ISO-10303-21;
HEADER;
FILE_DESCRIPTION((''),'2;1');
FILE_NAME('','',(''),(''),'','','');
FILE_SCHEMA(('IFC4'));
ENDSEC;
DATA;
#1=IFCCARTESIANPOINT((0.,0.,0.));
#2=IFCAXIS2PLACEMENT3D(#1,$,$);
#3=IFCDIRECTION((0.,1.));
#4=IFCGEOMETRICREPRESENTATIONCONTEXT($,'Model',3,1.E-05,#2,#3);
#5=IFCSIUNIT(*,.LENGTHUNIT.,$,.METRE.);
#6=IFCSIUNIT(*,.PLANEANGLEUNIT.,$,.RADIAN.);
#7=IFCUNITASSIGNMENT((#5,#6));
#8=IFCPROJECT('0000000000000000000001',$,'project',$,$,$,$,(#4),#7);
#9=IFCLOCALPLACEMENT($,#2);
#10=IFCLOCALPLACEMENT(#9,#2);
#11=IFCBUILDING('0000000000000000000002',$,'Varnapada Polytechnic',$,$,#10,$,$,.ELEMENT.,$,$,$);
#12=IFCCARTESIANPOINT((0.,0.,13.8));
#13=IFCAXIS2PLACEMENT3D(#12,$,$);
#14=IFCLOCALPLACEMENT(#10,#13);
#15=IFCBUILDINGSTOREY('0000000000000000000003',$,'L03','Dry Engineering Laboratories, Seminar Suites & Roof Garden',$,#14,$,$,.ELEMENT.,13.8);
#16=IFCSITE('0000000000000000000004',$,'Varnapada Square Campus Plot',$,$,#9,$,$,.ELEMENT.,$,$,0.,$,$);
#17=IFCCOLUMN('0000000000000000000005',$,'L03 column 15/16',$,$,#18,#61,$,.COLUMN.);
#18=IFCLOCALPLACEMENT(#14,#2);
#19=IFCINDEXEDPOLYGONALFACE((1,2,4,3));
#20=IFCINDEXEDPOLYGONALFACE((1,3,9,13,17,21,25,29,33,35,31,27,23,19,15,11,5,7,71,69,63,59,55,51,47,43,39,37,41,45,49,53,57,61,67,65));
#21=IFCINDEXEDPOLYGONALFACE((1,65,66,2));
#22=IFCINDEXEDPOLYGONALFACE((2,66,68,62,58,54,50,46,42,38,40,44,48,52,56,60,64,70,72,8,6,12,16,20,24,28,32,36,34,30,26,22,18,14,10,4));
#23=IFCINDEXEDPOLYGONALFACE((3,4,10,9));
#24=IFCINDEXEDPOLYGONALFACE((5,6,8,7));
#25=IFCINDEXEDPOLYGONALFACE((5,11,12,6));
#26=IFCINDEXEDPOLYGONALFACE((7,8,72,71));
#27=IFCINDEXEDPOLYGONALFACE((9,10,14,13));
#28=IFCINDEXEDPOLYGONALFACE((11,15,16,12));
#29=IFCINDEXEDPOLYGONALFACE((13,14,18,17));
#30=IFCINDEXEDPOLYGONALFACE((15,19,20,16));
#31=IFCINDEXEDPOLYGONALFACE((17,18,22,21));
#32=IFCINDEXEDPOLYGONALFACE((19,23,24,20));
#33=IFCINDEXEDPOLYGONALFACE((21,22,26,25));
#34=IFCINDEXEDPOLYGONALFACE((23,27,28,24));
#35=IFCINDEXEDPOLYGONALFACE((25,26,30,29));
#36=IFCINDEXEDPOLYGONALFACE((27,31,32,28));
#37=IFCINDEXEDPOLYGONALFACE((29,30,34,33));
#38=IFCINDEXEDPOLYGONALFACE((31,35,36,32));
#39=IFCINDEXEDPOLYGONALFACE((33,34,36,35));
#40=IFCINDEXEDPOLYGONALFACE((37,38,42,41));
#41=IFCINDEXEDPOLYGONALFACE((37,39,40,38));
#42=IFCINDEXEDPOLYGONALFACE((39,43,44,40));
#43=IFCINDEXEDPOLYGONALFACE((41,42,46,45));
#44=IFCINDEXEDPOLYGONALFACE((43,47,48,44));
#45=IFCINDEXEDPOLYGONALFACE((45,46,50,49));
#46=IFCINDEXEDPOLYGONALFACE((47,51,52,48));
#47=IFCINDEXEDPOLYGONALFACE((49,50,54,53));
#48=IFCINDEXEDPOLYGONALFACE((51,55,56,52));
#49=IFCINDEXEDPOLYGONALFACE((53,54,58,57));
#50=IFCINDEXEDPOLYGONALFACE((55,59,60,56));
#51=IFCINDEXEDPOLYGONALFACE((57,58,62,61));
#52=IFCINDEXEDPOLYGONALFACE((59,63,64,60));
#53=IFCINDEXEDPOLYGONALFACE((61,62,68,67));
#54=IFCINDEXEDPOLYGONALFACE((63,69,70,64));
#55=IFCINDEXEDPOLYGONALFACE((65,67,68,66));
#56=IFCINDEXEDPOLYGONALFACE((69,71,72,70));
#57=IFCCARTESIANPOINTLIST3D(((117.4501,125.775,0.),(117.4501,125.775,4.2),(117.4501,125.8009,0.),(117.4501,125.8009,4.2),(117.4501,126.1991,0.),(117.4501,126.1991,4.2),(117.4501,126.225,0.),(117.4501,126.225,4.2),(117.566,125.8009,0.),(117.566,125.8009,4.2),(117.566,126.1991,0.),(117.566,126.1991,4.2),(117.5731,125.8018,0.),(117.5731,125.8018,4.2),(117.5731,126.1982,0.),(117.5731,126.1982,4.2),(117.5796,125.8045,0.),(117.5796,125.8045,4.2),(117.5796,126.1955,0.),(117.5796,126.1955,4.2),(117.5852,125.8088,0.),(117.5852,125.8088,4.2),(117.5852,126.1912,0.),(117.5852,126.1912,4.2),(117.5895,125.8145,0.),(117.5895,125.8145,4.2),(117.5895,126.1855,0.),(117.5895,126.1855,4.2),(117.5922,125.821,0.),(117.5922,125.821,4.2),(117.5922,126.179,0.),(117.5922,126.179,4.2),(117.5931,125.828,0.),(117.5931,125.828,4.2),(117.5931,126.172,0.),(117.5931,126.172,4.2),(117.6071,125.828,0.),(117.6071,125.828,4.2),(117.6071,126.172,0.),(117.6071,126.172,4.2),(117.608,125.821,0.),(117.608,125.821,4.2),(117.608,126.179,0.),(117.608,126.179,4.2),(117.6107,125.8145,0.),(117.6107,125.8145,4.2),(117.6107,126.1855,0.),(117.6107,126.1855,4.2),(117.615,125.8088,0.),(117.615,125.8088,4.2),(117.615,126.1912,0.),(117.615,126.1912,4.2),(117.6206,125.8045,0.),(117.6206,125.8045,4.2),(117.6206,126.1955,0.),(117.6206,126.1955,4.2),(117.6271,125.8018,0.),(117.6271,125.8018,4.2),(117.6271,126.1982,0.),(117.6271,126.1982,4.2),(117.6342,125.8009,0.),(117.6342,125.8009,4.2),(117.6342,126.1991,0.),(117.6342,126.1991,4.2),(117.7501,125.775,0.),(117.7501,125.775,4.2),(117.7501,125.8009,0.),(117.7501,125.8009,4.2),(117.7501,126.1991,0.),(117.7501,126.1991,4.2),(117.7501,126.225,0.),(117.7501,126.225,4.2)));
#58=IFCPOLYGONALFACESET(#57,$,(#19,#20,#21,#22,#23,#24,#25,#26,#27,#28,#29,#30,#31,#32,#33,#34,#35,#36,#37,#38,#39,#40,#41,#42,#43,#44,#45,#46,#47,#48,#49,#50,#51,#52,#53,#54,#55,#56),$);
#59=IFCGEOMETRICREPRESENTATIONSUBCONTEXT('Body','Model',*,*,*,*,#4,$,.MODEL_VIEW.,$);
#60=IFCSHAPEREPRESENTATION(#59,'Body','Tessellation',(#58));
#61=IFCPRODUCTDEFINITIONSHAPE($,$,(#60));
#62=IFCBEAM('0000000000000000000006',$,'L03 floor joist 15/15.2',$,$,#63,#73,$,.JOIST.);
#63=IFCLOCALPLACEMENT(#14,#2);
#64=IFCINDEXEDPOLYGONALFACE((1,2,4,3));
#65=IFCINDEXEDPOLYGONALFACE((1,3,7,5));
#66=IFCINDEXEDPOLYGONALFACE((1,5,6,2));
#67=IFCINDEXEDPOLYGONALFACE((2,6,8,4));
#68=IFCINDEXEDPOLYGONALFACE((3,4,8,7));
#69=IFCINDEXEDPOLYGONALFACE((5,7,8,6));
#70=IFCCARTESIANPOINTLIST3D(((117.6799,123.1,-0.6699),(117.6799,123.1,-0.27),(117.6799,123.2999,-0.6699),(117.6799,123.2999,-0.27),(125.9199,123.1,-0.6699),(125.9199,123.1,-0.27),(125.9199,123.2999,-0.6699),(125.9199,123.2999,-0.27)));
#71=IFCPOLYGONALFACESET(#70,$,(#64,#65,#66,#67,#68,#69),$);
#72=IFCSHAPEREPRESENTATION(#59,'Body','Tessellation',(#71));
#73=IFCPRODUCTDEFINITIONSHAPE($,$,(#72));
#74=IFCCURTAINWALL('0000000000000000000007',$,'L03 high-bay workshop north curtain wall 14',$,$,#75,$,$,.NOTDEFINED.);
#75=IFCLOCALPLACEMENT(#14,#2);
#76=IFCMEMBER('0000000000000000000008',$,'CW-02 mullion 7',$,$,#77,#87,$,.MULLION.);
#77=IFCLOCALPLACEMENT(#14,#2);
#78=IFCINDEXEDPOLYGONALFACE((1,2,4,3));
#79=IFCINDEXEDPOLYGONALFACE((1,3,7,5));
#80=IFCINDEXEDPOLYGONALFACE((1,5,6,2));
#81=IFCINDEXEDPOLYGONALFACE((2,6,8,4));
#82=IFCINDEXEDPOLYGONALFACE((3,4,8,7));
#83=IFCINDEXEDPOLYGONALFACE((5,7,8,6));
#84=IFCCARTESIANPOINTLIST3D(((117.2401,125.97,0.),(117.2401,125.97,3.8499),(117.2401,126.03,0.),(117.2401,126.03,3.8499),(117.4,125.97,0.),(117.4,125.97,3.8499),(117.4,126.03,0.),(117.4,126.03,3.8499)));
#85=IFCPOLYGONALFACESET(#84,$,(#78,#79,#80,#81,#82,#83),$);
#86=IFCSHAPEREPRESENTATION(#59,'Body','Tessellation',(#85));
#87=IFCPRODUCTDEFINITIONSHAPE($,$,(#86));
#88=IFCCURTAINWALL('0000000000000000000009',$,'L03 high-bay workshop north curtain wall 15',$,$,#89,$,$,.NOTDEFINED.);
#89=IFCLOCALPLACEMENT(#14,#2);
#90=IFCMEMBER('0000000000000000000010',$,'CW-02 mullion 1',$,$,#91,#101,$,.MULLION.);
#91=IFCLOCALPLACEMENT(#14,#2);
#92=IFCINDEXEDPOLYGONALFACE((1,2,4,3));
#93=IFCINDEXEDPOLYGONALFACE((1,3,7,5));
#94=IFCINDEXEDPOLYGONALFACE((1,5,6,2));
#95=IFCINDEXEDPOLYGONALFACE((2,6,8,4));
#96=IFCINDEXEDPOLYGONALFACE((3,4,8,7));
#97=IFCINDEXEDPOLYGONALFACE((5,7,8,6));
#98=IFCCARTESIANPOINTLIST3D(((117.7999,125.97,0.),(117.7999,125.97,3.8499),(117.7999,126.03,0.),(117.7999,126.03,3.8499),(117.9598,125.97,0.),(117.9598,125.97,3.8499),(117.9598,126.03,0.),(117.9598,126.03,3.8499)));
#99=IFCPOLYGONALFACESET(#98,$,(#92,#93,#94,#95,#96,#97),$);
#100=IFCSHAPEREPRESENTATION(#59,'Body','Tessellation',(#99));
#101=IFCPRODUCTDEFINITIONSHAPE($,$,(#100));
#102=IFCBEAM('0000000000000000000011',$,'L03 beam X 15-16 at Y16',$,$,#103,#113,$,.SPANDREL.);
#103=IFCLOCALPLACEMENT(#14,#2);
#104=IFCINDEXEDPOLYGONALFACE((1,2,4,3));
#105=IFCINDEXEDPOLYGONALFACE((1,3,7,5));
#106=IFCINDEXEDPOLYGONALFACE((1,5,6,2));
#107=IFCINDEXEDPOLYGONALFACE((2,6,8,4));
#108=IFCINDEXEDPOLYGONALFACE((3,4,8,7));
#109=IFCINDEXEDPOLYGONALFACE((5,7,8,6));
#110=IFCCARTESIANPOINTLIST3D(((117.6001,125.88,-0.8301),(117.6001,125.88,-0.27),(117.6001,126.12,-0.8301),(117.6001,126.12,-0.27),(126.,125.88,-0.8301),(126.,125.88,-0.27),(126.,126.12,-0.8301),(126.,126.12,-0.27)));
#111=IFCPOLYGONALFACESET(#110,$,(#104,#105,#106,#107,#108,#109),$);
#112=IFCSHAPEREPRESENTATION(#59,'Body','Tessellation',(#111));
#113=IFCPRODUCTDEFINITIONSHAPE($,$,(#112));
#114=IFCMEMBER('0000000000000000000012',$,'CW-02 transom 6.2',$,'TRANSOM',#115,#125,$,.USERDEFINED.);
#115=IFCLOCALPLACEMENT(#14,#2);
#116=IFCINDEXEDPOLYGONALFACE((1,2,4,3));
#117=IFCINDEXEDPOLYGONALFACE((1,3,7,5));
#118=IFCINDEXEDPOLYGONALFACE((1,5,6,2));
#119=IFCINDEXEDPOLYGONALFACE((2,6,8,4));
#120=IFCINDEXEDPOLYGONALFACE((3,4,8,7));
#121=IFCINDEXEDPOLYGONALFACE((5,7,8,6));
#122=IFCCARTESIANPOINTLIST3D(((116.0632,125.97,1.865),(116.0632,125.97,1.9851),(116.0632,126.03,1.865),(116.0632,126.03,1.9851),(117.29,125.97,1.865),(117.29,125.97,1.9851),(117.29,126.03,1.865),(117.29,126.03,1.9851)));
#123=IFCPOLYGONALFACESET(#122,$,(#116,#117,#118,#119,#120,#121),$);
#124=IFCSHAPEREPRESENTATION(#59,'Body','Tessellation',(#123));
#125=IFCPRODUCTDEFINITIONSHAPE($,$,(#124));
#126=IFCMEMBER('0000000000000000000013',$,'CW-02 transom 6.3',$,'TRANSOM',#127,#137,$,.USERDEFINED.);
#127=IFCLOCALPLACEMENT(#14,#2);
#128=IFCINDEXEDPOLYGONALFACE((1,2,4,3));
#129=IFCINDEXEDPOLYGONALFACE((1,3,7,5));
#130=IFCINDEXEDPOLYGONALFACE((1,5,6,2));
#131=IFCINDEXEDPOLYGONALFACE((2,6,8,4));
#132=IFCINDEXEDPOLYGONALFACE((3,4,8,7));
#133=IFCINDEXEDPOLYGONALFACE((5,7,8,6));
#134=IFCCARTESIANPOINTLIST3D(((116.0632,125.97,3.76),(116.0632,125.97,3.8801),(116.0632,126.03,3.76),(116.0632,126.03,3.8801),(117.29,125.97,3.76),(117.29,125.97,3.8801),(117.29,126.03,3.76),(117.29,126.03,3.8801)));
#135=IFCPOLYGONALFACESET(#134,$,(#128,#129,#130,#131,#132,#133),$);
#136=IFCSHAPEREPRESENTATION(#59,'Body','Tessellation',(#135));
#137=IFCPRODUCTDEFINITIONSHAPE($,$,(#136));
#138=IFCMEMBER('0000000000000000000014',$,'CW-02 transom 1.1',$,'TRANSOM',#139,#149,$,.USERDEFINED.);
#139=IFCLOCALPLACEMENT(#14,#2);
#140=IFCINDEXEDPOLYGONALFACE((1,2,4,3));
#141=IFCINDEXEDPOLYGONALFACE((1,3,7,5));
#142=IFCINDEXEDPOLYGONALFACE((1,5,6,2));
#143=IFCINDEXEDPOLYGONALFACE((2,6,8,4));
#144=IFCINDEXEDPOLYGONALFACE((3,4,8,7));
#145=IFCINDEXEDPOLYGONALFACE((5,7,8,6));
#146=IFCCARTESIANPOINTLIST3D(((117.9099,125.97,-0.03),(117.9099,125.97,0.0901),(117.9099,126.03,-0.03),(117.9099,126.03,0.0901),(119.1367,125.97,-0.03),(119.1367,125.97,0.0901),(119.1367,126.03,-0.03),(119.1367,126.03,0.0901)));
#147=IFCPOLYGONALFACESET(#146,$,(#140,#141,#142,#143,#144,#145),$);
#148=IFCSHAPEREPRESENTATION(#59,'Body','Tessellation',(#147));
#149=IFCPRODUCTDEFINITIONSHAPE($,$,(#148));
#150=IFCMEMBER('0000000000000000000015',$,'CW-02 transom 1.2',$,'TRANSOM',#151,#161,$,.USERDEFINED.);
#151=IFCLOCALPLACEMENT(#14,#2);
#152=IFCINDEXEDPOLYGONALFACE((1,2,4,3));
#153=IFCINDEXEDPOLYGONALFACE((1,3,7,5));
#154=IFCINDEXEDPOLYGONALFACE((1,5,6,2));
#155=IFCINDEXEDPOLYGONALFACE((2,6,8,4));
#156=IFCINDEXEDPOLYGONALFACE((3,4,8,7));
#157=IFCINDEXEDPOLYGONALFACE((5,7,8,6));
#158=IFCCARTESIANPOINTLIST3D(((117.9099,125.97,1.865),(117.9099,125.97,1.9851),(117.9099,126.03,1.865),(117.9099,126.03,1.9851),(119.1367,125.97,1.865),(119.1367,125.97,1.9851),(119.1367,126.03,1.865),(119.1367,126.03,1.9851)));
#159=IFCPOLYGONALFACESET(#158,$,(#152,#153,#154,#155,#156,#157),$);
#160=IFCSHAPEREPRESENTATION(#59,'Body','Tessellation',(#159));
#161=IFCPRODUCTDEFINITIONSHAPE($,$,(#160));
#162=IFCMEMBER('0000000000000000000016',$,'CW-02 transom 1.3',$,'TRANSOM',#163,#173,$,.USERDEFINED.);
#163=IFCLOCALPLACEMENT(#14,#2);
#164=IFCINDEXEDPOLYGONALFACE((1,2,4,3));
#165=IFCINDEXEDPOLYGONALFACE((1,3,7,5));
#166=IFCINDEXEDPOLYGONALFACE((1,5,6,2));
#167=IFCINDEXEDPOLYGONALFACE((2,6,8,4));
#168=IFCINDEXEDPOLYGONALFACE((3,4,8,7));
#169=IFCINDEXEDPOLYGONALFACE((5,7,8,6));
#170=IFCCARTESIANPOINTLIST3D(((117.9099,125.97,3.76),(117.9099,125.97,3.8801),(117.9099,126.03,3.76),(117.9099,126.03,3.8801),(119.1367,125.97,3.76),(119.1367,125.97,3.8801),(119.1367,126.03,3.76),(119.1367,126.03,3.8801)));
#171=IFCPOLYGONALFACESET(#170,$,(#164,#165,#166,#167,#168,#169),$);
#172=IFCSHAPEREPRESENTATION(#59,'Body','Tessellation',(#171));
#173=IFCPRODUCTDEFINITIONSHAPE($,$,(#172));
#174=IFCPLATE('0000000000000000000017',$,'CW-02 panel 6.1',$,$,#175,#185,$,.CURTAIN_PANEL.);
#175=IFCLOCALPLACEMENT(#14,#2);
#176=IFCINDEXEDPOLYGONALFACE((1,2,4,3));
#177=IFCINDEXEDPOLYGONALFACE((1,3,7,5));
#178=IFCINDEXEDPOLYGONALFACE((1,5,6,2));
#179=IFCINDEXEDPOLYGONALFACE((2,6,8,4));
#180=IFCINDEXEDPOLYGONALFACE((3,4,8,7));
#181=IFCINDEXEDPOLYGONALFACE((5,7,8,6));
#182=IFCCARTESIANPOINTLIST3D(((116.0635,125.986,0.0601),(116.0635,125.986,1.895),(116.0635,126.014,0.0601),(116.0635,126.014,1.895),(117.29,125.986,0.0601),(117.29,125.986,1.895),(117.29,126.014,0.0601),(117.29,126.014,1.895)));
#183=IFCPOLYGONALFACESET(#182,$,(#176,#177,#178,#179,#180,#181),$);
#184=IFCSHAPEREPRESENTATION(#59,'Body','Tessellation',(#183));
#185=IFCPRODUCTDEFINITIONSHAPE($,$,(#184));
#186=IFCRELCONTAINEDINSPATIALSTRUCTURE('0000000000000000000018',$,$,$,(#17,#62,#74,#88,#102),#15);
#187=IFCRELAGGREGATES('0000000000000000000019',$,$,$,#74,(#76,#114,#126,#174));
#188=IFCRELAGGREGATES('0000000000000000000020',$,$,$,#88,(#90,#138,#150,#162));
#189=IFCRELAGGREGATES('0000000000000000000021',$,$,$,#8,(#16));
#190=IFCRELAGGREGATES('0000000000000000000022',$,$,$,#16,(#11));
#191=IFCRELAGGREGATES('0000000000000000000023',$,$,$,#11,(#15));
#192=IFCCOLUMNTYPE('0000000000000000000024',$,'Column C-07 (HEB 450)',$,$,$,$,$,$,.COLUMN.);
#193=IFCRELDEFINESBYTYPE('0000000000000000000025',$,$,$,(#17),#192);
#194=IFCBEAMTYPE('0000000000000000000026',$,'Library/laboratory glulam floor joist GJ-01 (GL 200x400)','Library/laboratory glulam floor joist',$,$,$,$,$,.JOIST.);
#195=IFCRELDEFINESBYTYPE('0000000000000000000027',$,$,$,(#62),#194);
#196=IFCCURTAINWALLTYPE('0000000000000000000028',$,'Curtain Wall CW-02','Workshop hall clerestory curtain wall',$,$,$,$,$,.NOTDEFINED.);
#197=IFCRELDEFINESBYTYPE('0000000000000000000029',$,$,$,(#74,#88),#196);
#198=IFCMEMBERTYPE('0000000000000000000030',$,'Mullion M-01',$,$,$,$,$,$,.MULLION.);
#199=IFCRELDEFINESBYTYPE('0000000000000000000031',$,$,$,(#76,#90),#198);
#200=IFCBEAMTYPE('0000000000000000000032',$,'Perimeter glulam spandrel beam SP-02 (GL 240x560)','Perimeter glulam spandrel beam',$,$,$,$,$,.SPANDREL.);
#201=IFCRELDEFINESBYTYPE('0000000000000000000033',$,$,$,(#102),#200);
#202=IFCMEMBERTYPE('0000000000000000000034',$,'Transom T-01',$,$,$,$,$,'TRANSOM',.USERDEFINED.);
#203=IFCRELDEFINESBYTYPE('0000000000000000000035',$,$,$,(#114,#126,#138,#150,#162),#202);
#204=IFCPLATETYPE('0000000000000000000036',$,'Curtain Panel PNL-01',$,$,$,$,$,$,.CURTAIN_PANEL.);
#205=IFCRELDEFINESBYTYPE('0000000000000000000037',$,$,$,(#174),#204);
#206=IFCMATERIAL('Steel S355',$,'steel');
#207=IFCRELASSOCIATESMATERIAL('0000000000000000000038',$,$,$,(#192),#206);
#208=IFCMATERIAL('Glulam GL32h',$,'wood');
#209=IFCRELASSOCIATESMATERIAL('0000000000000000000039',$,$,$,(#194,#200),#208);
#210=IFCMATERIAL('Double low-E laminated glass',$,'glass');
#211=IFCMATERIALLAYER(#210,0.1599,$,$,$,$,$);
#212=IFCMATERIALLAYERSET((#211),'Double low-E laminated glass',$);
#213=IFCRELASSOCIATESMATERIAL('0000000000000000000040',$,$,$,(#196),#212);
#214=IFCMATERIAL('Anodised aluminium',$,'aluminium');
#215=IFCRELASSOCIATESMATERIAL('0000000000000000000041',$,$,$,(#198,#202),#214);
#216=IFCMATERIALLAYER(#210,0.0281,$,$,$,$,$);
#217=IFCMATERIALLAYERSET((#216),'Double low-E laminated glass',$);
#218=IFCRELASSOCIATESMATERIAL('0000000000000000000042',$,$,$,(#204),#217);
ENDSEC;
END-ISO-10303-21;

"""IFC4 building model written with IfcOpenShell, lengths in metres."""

from ifc_helpers import new_model, si_unit, direction, frame, origin, origin_2d, place, context, subcontext, project, spatial, rectangle, i_section, extrude, material, layer, layer_set, material_profile, profile_set, type_object, element, aggregate, save


model = new_model("IFC4")

# Units and contexts
model_context = context("Model", 3, precision=1e-05, world=origin(), true_north=direction((0.0, 1.0)))
body_context = subcontext(model_context, "Body", "Model", "MODEL_VIEW")
ifc_project = project(units=[si_unit("LENGTHUNIT", "METRE"), si_unit("PLANEANGLEUNIT", "RADIAN")], contexts=[model_context])

# Site, building, storey
site_placement = place(None, origin())
site = spatial("IfcSite", under=ifc_project, at=site_placement, Name="Varnapada Square Campus Plot", CompositionType="ELEMENT", RefElevation=0.0)
building_placement = place(site_placement, origin())
building = spatial("IfcBuilding", under=site, at=building_placement, Name="Varnapada Polytechnic", CompositionType="ELEMENT")
storey_placement = place(building_placement, frame((0.0, 0.0, 13.8)))
storey = spatial("IfcBuildingStorey", under=building, at=storey_placement, Name="L03", Description="Dry Engineering Laboratories, Seminar Suites & Roof Garden", CompositionType="ELEMENT", Elevation=13.8)

# Column
ifc_material_1 = material(Name="Steel S355", Category="steel")
ifc_material_profile_1 = material_profile(ifc_material_1, i_section(OverallWidth=0.3, OverallDepth=0.45, WebThickness=0.0139, FlangeThickness=0.0259, FilletRadius=0.0271, at=origin_2d()), Name="HEB 450")
ifc_profile_set_1 = profile_set([ifc_material_profile_1], Name="Steel S355")
column_type = type_object("IfcColumnType", Name="Column C-07 (HEB 450)", PredefinedType="COLUMN", material=ifc_profile_set_1)
column_placement = place(storey_placement, frame((117.6001, 126.0, 0.0), z_axis=(0.0, 0.0, 1.0), x_axis=(1.0, 0.0, 0.0)))
element("IfcColumn", 1, at=column_placement, inside=storey, type_object=column_type, Name="L03 column 15/16", PredefinedType="COLUMN", context=body_context, shape_type="SweptSolid", body=[
    extrude(i_section(OverallWidth=0.3, OverallDepth=0.45, WebThickness=0.0139, FlangeThickness=0.0259, FilletRadius=0.0271, at=origin_2d()), origin(), (0.0, 0.0, 1.0), 4.2),
])

# Beam
ifc_material_2 = material(Name="Glulam GL32h", Category="wood")
ifc_material_profile_2 = material_profile(ifc_material_2, rectangle(XDim=0.2, YDim=0.3999, at=origin_2d()), Name="GL 200x400")
ifc_profile_set_2 = profile_set([ifc_material_profile_2], Name="Glulam GL32h")
beam_type_1 = type_object("IfcBeamType", Name="Library/laboratory glulam floor joist GJ-01 (GL 200x400)", Description="Library/laboratory glulam floor joist", PredefinedType="JOIST", material=ifc_profile_set_2)
beam_1_placement = place(storey_placement, frame((117.6799, 123.2, -0.47), z_axis=(1.0, 0.0, 0.0), x_axis=(0.0, 1.0, 0.0)))
element("IfcBeam", 2, at=beam_1_placement, inside=storey, type_object=beam_type_1, Name="L03 floor joist 15/15.2", PredefinedType="JOIST", context=body_context, shape_type="SweptSolid", body=[
    extrude(rectangle(XDim=0.2, YDim=0.3999, at=origin_2d()), origin(), (0.0, 0.0, 1.0), 8.24),
])

# Curtain walls, members
ifc_material_3 = material(Name="Double low-E laminated glass", Category="glass")
ifc_layer_1 = layer(ifc_material_3, 0.1599)
ifc_layer_set_1 = layer_set([ifc_layer_1], Name="Double low-E laminated glass")
curtain_wall_type = type_object("IfcCurtainWallType", Name="Curtain Wall CW-02", Description="Workshop hall clerestory curtain wall", PredefinedType="NOTDEFINED", material=ifc_layer_set_1)
curtain_wall_1_placement = place(storey_placement, origin())
curtain_wall_1 = element("IfcCurtainWall", 3, at=curtain_wall_1_placement, inside=storey, type_object=curtain_wall_type, Name="L03 high-bay workshop north curtain wall 14", PredefinedType="NOTDEFINED")
ifc_material_4 = material(Name="Anodised aluminium", Category="aluminium")
ifc_material_profile_3 = material_profile(ifc_material_4, rectangle(XDim=0.0601, YDim=0.1599, at=origin_2d()), Name="ALU M60x160")
ifc_profile_set_3 = profile_set([ifc_material_profile_3], Name="Anodised aluminium")
member_type_1 = type_object("IfcMemberType", Name="Mullion M-01", PredefinedType="MULLION", material=ifc_profile_set_3)
member_1_placement = place(storey_placement, frame((117.3201, 126.0, 0.0), z_axis=(0.0, 0.0, 1.0), x_axis=(0.0, 1.0, 0.0)))
member_1 = element("IfcMember", 4, at=member_1_placement, type_object=member_type_1, Name="CW-02 mullion 7", PredefinedType="MULLION", context=body_context, shape_type="SweptSolid", body=[
    extrude(rectangle(XDim=0.0601, YDim=0.1599, at=origin_2d()), origin(), (0.0, 0.0, 1.0), 3.8499),
])
curtain_wall_2_placement = place(storey_placement, origin())
curtain_wall_2 = element("IfcCurtainWall", 5, at=curtain_wall_2_placement, inside=storey, type_object=curtain_wall_type, Name="L03 high-bay workshop north curtain wall 15", PredefinedType="NOTDEFINED")
member_2_placement = place(storey_placement, frame((117.8799, 126.0, 0.0), z_axis=(0.0, 0.0, 1.0), x_axis=(0.0, 1.0, 0.0)))
member_2 = element("IfcMember", 6, at=member_2_placement, type_object=member_type_1, Name="CW-02 mullion 1", PredefinedType="MULLION", context=body_context, shape_type="SweptSolid", body=[
    extrude(rectangle(XDim=0.0601, YDim=0.1599, at=origin_2d()), origin(), (0.0, 0.0, 1.0), 3.8499),
])

# Beam
ifc_material_profile_4 = material_profile(ifc_material_2, rectangle(XDim=0.24, YDim=0.5601, at=origin_2d()), Name="GL 240x560")
ifc_profile_set_4 = profile_set([ifc_material_profile_4], Name="Glulam GL32h")
beam_type_2 = type_object("IfcBeamType", Name="Perimeter glulam spandrel beam SP-02 (GL 240x560)", Description="Perimeter glulam spandrel beam", PredefinedType="SPANDREL", material=ifc_profile_set_4)
beam_2_placement = place(storey_placement, frame((117.6001, 126.0, -0.55), z_axis=(1.0, 0.0, 0.0), x_axis=(0.0, 1.0, 0.0)))
element("IfcBeam", 7, at=beam_2_placement, inside=storey, type_object=beam_type_2, Name="L03 beam X 15-16 at Y16", PredefinedType="SPANDREL", context=body_context, shape_type="SweptSolid", body=[
    extrude(rectangle(XDim=0.24, YDim=0.5601, at=origin_2d()), origin(), (0.0, 0.0, 1.0), 8.3999),
])

# Members
ifc_material_profile_5 = material_profile(ifc_material_4, rectangle(XDim=0.0601, YDim=0.1201, at=origin_2d()), Name="ALU T60x120")
ifc_profile_set_5 = profile_set([ifc_material_profile_5], Name="Anodised aluminium")
member_type_2 = type_object("IfcMemberType", Name="Transom T-01", ElementType="TRANSOM", PredefinedType="USERDEFINED", material=ifc_profile_set_5)
member_3_placement = place(storey_placement, frame((116.0632, 126.0, 1.925), z_axis=(1.0, 0.0, 0.0), x_axis=(0.0, 1.0, 0.0)))
member_3 = element("IfcMember", 8, at=member_3_placement, type_object=member_type_2, Name="CW-02 transom 6.2", ObjectType="TRANSOM", PredefinedType="USERDEFINED", context=body_context, shape_type="SweptSolid", body=[
    extrude(rectangle(XDim=0.0601, YDim=0.1201, at=origin_2d()), origin(), (0.0, 0.0, 1.0), 1.2268),
])
member_4_placement = place(storey_placement, frame((116.0632, 126.0, 3.8201), z_axis=(1.0, 0.0, 0.0), x_axis=(0.0, 1.0, 0.0)))
member_4 = element("IfcMember", 9, at=member_4_placement, type_object=member_type_2, Name="CW-02 transom 6.3", ObjectType="TRANSOM", PredefinedType="USERDEFINED", context=body_context, shape_type="SweptSolid", body=[
    extrude(rectangle(XDim=0.0601, YDim=0.1201, at=origin_2d()), origin(), (0.0, 0.0, 1.0), 1.2268),
])
member_5_placement = place(storey_placement, frame((117.9099, 126.0, 0.03), z_axis=(1.0, 0.0, 0.0), x_axis=(0.0, 1.0, 0.0)))
member_5 = element("IfcMember", 10, at=member_5_placement, type_object=member_type_2, Name="CW-02 transom 1.1", ObjectType="TRANSOM", PredefinedType="USERDEFINED", context=body_context, shape_type="SweptSolid", body=[
    extrude(rectangle(XDim=0.0601, YDim=0.1201, at=origin_2d()), origin(), (0.0, 0.0, 1.0), 1.2268),
])
member_6_placement = place(storey_placement, frame((117.9099, 126.0, 1.925), z_axis=(1.0, 0.0, 0.0), x_axis=(0.0, 1.0, 0.0)))
member_6 = element("IfcMember", 11, at=member_6_placement, type_object=member_type_2, Name="CW-02 transom 1.2", ObjectType="TRANSOM", PredefinedType="USERDEFINED", context=body_context, shape_type="SweptSolid", body=[
    extrude(rectangle(XDim=0.0601, YDim=0.1201, at=origin_2d()), origin(), (0.0, 0.0, 1.0), 1.2268),
])
member_7_placement = place(storey_placement, frame((117.9099, 126.0, 3.8201), z_axis=(1.0, 0.0, 0.0), x_axis=(0.0, 1.0, 0.0)))
member_7 = element("IfcMember", 12, at=member_7_placement, type_object=member_type_2, Name="CW-02 transom 1.3", ObjectType="TRANSOM", PredefinedType="USERDEFINED", context=body_context, shape_type="SweptSolid", body=[
    extrude(rectangle(XDim=0.0601, YDim=0.1201, at=origin_2d()), origin(), (0.0, 0.0, 1.0), 1.2268),
])

# Plate
ifc_layer_2 = layer(ifc_material_3, 0.0281)
ifc_layer_set_2 = layer_set([ifc_layer_2], Name="Double low-E laminated glass")
plate_type = type_object("IfcPlateType", Name="Curtain Panel PNL-01", PredefinedType="CURTAIN_PANEL", material=ifc_layer_set_2)
plate_1_placement = place(storey_placement, frame((116.6768, 126.0, 0.0601), z_axis=(0.0, 0.0, 1.0), x_axis=(1.0, 0.0, 0.0)))
plate_1 = element("IfcPlate", 13, at=plate_1_placement, type_object=plate_type, Name="CW-02 panel 6.1", PredefinedType="CURTAIN_PANEL", context=body_context, shape_type="SweptSolid", body=[
    extrude(rectangle(XDim=1.2266, YDim=0.0281, at=origin_2d()), origin(), (0.0, 0.0, 1.0), 1.835),
])
aggregate(curtain_wall_1, [member_1, member_3, member_4, plate_1])
aggregate(curtain_wall_2, [member_2, member_5, member_6, member_7])

save(model, "model.ifc")
